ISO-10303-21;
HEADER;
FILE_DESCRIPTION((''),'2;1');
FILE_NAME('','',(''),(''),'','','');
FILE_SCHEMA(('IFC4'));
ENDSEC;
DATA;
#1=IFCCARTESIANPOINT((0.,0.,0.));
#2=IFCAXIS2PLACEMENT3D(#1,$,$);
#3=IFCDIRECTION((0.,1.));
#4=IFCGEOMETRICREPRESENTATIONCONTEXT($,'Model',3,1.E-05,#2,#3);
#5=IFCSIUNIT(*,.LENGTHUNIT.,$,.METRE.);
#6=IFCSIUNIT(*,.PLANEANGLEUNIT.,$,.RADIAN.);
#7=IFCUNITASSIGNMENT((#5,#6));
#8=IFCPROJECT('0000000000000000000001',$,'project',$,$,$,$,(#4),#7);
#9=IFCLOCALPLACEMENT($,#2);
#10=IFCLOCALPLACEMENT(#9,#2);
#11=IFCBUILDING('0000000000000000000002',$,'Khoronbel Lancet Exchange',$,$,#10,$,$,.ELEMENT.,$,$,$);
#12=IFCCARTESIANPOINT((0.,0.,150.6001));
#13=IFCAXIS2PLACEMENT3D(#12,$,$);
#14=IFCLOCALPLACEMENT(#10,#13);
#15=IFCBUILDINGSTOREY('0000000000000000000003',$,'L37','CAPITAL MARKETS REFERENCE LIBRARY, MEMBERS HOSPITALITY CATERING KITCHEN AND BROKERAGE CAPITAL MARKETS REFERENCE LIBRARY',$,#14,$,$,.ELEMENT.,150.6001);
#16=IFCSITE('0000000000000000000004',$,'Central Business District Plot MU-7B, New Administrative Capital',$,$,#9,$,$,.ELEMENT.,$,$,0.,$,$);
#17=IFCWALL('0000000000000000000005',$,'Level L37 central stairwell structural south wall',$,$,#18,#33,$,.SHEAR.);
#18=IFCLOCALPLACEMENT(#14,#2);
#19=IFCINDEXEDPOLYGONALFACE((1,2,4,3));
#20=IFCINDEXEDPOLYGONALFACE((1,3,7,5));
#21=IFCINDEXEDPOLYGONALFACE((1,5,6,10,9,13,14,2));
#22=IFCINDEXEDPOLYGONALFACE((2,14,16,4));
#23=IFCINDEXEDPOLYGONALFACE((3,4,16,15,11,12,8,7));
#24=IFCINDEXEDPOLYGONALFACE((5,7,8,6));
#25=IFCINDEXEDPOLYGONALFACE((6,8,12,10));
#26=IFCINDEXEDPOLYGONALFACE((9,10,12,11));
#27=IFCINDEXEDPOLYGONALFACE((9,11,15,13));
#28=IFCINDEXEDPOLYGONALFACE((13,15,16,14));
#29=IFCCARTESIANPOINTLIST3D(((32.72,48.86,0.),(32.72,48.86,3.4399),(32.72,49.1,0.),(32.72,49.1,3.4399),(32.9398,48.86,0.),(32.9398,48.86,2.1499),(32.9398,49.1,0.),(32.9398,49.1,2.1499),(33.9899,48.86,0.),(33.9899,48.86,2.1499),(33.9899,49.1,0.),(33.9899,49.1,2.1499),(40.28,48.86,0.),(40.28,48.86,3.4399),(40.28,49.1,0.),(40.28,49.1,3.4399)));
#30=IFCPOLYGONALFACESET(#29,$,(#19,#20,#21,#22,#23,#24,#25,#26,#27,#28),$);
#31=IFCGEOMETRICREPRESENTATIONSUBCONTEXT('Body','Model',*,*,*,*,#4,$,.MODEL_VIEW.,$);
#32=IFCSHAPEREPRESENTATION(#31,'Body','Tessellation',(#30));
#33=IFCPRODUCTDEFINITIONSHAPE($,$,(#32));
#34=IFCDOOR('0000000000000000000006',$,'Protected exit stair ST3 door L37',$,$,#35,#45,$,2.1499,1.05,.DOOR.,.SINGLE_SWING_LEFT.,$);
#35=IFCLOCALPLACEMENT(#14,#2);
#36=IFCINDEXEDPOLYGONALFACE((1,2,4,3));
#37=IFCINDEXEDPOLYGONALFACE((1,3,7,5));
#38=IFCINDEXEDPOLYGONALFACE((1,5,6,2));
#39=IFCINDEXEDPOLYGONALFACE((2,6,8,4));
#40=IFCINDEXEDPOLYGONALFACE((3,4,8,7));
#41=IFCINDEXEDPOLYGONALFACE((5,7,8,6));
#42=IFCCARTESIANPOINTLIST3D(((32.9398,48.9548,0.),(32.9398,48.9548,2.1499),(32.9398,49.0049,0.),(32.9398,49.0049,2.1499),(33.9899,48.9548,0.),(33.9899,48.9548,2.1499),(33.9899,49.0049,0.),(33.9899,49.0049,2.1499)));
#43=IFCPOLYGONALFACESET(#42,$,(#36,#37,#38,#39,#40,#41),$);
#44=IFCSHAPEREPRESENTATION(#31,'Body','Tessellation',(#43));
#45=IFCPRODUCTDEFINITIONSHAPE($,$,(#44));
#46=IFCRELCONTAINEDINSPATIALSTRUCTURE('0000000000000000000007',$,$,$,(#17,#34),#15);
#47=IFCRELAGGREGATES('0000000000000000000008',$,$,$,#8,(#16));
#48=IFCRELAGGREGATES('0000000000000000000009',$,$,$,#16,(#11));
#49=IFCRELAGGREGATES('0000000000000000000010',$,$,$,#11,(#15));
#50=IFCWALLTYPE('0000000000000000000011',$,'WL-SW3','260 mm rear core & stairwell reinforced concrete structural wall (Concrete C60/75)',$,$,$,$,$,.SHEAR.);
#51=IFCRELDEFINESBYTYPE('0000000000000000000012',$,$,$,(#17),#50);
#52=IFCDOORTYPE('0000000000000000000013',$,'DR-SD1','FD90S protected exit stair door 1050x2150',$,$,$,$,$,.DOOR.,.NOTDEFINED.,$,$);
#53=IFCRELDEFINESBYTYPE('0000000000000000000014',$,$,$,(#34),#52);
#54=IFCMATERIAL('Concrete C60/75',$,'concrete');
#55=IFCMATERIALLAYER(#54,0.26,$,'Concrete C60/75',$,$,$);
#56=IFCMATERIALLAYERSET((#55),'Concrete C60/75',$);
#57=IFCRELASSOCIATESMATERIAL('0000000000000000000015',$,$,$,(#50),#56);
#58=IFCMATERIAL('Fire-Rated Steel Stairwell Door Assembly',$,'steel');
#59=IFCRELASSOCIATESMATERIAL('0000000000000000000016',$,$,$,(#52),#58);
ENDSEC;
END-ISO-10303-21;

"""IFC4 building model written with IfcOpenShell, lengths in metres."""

from ifc_helpers import new_model, si_unit, direction, frame, frame_2d, origin, place, context, subcontext, project, spatial, rectangle, extrude, material, layer, layer_set, type_object, element, fill, save


model = new_model("IFC4")

# Units and contexts
model_context = context("Model", 3, precision=1e-05, world=origin(), true_north=direction((0.0, 1.0)))
body_context = subcontext(model_context, "Body", "Model", "MODEL_VIEW")
ifc_project = project(units=[si_unit("LENGTHUNIT", "METRE"), si_unit("PLANEANGLEUNIT", "RADIAN")], contexts=[model_context])

# Site, building, storey
site_placement = place(None, origin())
site = spatial("IfcSite", under=ifc_project, at=site_placement, Name="Central Business District Plot MU-7B, New Administrative Capital", CompositionType="ELEMENT", RefElevation=0.0)
building_placement = place(site_placement, origin())
building = spatial("IfcBuilding", under=site, at=building_placement, Name="Khoronbel Lancet Exchange", CompositionType="ELEMENT")
storey_placement = place(building_placement, frame((0.0, 0.0, 150.6001)))
storey = spatial("IfcBuildingStorey", under=building, at=storey_placement, Name="L37", Description="CAPITAL MARKETS REFERENCE LIBRARY, MEMBERS HOSPITALITY CATERING KITCHEN AND BROKERAGE CAPITAL MARKETS REFERENCE LIBRARY", CompositionType="ELEMENT", Elevation=150.6001)

# Shared definitions
ifc_material_1 = material(Name="Concrete C60/75", Category="concrete")
ifc_layer_1 = layer(ifc_material_1, 0.26, Name="Concrete C60/75")
ifc_layer_set_1 = layer_set([ifc_layer_1], Name="Concrete C60/75")
wall_type_1 = type_object("IfcWallType", Name="WL-SW3", Description="260 mm rear core & stairwell reinforced concrete structural wall (Concrete C60/75)", PredefinedType="SHEAR", material=ifc_layer_set_1)

# Wall, opening, door
wall_1_placement = place(storey_placement, frame((32.72, 48.98, 0.0), z_axis=(0.0, 0.0, 1.0), x_axis=(1.0, 0.0, 0.0)))
wall_1 = element("IfcWall", 1, at=wall_1_placement, inside=storey, type_object=wall_type_1, Name="Level L37 central stairwell structural south wall", PredefinedType="SHEAR", context=body_context, shape_type="SweptSolid", body=[
    extrude(rectangle(XDim=7.5601, YDim=0.24, at=frame_2d((3.78, 0.0))), origin(), (0.0, 0.0, 1.0), 3.4399),
])
opening_1_placement = place(wall_1_placement, frame((0.22, 0.0, 0.0)))
opening_1 = element("IfcOpeningElement", 2, at=opening_1_placement, cuts=wall_1, PredefinedType="OPENING", context=body_context, shape_type="SweptSolid", body=[
    extrude(rectangle(XDim=1.05, YDim=2.1499, at=frame_2d((0.5249, 1.075))), frame((0.0, 0.1299, 0.0), z_axis=(0.0, -1.0, 0.0), x_axis=(1.0, 0.0, 0.0)), (0.0, 0.0, 1.0), 0.26),
])
ifc_material_2 = material(Name="Fire-Rated Steel Stairwell Door Assembly", Category="steel")
door_type_1 = type_object("IfcDoorType", Name="DR-SD1", Description="FD90S protected exit stair door 1050x2150", OperationType="NOTDEFINED", PredefinedType="DOOR", material=ifc_material_2)
door_1_placement = place(opening_1_placement, origin())
door_1 = element("IfcDoor", 3, at=door_1_placement, inside=storey, type_object=door_type_1, Name="Protected exit stair ST3 door L37", OperationType="SINGLE_SWING_LEFT", OverallHeight=2.1499, OverallWidth=1.05, PredefinedType="DOOR", context=body_context, shape_type="SweptSolid", body=[
    extrude(rectangle(XDim=1.05, YDim=2.1499, at=frame_2d((0.5249, 1.075))), frame((0.0, 0.0249, 0.0), z_axis=(0.0, -1.0, 0.0), x_axis=(1.0, 0.0, 0.0)), (0.0, 0.0, 1.0), 0.05),
])
fill(opening_1, door_1)

save(model, "model.ifc")
